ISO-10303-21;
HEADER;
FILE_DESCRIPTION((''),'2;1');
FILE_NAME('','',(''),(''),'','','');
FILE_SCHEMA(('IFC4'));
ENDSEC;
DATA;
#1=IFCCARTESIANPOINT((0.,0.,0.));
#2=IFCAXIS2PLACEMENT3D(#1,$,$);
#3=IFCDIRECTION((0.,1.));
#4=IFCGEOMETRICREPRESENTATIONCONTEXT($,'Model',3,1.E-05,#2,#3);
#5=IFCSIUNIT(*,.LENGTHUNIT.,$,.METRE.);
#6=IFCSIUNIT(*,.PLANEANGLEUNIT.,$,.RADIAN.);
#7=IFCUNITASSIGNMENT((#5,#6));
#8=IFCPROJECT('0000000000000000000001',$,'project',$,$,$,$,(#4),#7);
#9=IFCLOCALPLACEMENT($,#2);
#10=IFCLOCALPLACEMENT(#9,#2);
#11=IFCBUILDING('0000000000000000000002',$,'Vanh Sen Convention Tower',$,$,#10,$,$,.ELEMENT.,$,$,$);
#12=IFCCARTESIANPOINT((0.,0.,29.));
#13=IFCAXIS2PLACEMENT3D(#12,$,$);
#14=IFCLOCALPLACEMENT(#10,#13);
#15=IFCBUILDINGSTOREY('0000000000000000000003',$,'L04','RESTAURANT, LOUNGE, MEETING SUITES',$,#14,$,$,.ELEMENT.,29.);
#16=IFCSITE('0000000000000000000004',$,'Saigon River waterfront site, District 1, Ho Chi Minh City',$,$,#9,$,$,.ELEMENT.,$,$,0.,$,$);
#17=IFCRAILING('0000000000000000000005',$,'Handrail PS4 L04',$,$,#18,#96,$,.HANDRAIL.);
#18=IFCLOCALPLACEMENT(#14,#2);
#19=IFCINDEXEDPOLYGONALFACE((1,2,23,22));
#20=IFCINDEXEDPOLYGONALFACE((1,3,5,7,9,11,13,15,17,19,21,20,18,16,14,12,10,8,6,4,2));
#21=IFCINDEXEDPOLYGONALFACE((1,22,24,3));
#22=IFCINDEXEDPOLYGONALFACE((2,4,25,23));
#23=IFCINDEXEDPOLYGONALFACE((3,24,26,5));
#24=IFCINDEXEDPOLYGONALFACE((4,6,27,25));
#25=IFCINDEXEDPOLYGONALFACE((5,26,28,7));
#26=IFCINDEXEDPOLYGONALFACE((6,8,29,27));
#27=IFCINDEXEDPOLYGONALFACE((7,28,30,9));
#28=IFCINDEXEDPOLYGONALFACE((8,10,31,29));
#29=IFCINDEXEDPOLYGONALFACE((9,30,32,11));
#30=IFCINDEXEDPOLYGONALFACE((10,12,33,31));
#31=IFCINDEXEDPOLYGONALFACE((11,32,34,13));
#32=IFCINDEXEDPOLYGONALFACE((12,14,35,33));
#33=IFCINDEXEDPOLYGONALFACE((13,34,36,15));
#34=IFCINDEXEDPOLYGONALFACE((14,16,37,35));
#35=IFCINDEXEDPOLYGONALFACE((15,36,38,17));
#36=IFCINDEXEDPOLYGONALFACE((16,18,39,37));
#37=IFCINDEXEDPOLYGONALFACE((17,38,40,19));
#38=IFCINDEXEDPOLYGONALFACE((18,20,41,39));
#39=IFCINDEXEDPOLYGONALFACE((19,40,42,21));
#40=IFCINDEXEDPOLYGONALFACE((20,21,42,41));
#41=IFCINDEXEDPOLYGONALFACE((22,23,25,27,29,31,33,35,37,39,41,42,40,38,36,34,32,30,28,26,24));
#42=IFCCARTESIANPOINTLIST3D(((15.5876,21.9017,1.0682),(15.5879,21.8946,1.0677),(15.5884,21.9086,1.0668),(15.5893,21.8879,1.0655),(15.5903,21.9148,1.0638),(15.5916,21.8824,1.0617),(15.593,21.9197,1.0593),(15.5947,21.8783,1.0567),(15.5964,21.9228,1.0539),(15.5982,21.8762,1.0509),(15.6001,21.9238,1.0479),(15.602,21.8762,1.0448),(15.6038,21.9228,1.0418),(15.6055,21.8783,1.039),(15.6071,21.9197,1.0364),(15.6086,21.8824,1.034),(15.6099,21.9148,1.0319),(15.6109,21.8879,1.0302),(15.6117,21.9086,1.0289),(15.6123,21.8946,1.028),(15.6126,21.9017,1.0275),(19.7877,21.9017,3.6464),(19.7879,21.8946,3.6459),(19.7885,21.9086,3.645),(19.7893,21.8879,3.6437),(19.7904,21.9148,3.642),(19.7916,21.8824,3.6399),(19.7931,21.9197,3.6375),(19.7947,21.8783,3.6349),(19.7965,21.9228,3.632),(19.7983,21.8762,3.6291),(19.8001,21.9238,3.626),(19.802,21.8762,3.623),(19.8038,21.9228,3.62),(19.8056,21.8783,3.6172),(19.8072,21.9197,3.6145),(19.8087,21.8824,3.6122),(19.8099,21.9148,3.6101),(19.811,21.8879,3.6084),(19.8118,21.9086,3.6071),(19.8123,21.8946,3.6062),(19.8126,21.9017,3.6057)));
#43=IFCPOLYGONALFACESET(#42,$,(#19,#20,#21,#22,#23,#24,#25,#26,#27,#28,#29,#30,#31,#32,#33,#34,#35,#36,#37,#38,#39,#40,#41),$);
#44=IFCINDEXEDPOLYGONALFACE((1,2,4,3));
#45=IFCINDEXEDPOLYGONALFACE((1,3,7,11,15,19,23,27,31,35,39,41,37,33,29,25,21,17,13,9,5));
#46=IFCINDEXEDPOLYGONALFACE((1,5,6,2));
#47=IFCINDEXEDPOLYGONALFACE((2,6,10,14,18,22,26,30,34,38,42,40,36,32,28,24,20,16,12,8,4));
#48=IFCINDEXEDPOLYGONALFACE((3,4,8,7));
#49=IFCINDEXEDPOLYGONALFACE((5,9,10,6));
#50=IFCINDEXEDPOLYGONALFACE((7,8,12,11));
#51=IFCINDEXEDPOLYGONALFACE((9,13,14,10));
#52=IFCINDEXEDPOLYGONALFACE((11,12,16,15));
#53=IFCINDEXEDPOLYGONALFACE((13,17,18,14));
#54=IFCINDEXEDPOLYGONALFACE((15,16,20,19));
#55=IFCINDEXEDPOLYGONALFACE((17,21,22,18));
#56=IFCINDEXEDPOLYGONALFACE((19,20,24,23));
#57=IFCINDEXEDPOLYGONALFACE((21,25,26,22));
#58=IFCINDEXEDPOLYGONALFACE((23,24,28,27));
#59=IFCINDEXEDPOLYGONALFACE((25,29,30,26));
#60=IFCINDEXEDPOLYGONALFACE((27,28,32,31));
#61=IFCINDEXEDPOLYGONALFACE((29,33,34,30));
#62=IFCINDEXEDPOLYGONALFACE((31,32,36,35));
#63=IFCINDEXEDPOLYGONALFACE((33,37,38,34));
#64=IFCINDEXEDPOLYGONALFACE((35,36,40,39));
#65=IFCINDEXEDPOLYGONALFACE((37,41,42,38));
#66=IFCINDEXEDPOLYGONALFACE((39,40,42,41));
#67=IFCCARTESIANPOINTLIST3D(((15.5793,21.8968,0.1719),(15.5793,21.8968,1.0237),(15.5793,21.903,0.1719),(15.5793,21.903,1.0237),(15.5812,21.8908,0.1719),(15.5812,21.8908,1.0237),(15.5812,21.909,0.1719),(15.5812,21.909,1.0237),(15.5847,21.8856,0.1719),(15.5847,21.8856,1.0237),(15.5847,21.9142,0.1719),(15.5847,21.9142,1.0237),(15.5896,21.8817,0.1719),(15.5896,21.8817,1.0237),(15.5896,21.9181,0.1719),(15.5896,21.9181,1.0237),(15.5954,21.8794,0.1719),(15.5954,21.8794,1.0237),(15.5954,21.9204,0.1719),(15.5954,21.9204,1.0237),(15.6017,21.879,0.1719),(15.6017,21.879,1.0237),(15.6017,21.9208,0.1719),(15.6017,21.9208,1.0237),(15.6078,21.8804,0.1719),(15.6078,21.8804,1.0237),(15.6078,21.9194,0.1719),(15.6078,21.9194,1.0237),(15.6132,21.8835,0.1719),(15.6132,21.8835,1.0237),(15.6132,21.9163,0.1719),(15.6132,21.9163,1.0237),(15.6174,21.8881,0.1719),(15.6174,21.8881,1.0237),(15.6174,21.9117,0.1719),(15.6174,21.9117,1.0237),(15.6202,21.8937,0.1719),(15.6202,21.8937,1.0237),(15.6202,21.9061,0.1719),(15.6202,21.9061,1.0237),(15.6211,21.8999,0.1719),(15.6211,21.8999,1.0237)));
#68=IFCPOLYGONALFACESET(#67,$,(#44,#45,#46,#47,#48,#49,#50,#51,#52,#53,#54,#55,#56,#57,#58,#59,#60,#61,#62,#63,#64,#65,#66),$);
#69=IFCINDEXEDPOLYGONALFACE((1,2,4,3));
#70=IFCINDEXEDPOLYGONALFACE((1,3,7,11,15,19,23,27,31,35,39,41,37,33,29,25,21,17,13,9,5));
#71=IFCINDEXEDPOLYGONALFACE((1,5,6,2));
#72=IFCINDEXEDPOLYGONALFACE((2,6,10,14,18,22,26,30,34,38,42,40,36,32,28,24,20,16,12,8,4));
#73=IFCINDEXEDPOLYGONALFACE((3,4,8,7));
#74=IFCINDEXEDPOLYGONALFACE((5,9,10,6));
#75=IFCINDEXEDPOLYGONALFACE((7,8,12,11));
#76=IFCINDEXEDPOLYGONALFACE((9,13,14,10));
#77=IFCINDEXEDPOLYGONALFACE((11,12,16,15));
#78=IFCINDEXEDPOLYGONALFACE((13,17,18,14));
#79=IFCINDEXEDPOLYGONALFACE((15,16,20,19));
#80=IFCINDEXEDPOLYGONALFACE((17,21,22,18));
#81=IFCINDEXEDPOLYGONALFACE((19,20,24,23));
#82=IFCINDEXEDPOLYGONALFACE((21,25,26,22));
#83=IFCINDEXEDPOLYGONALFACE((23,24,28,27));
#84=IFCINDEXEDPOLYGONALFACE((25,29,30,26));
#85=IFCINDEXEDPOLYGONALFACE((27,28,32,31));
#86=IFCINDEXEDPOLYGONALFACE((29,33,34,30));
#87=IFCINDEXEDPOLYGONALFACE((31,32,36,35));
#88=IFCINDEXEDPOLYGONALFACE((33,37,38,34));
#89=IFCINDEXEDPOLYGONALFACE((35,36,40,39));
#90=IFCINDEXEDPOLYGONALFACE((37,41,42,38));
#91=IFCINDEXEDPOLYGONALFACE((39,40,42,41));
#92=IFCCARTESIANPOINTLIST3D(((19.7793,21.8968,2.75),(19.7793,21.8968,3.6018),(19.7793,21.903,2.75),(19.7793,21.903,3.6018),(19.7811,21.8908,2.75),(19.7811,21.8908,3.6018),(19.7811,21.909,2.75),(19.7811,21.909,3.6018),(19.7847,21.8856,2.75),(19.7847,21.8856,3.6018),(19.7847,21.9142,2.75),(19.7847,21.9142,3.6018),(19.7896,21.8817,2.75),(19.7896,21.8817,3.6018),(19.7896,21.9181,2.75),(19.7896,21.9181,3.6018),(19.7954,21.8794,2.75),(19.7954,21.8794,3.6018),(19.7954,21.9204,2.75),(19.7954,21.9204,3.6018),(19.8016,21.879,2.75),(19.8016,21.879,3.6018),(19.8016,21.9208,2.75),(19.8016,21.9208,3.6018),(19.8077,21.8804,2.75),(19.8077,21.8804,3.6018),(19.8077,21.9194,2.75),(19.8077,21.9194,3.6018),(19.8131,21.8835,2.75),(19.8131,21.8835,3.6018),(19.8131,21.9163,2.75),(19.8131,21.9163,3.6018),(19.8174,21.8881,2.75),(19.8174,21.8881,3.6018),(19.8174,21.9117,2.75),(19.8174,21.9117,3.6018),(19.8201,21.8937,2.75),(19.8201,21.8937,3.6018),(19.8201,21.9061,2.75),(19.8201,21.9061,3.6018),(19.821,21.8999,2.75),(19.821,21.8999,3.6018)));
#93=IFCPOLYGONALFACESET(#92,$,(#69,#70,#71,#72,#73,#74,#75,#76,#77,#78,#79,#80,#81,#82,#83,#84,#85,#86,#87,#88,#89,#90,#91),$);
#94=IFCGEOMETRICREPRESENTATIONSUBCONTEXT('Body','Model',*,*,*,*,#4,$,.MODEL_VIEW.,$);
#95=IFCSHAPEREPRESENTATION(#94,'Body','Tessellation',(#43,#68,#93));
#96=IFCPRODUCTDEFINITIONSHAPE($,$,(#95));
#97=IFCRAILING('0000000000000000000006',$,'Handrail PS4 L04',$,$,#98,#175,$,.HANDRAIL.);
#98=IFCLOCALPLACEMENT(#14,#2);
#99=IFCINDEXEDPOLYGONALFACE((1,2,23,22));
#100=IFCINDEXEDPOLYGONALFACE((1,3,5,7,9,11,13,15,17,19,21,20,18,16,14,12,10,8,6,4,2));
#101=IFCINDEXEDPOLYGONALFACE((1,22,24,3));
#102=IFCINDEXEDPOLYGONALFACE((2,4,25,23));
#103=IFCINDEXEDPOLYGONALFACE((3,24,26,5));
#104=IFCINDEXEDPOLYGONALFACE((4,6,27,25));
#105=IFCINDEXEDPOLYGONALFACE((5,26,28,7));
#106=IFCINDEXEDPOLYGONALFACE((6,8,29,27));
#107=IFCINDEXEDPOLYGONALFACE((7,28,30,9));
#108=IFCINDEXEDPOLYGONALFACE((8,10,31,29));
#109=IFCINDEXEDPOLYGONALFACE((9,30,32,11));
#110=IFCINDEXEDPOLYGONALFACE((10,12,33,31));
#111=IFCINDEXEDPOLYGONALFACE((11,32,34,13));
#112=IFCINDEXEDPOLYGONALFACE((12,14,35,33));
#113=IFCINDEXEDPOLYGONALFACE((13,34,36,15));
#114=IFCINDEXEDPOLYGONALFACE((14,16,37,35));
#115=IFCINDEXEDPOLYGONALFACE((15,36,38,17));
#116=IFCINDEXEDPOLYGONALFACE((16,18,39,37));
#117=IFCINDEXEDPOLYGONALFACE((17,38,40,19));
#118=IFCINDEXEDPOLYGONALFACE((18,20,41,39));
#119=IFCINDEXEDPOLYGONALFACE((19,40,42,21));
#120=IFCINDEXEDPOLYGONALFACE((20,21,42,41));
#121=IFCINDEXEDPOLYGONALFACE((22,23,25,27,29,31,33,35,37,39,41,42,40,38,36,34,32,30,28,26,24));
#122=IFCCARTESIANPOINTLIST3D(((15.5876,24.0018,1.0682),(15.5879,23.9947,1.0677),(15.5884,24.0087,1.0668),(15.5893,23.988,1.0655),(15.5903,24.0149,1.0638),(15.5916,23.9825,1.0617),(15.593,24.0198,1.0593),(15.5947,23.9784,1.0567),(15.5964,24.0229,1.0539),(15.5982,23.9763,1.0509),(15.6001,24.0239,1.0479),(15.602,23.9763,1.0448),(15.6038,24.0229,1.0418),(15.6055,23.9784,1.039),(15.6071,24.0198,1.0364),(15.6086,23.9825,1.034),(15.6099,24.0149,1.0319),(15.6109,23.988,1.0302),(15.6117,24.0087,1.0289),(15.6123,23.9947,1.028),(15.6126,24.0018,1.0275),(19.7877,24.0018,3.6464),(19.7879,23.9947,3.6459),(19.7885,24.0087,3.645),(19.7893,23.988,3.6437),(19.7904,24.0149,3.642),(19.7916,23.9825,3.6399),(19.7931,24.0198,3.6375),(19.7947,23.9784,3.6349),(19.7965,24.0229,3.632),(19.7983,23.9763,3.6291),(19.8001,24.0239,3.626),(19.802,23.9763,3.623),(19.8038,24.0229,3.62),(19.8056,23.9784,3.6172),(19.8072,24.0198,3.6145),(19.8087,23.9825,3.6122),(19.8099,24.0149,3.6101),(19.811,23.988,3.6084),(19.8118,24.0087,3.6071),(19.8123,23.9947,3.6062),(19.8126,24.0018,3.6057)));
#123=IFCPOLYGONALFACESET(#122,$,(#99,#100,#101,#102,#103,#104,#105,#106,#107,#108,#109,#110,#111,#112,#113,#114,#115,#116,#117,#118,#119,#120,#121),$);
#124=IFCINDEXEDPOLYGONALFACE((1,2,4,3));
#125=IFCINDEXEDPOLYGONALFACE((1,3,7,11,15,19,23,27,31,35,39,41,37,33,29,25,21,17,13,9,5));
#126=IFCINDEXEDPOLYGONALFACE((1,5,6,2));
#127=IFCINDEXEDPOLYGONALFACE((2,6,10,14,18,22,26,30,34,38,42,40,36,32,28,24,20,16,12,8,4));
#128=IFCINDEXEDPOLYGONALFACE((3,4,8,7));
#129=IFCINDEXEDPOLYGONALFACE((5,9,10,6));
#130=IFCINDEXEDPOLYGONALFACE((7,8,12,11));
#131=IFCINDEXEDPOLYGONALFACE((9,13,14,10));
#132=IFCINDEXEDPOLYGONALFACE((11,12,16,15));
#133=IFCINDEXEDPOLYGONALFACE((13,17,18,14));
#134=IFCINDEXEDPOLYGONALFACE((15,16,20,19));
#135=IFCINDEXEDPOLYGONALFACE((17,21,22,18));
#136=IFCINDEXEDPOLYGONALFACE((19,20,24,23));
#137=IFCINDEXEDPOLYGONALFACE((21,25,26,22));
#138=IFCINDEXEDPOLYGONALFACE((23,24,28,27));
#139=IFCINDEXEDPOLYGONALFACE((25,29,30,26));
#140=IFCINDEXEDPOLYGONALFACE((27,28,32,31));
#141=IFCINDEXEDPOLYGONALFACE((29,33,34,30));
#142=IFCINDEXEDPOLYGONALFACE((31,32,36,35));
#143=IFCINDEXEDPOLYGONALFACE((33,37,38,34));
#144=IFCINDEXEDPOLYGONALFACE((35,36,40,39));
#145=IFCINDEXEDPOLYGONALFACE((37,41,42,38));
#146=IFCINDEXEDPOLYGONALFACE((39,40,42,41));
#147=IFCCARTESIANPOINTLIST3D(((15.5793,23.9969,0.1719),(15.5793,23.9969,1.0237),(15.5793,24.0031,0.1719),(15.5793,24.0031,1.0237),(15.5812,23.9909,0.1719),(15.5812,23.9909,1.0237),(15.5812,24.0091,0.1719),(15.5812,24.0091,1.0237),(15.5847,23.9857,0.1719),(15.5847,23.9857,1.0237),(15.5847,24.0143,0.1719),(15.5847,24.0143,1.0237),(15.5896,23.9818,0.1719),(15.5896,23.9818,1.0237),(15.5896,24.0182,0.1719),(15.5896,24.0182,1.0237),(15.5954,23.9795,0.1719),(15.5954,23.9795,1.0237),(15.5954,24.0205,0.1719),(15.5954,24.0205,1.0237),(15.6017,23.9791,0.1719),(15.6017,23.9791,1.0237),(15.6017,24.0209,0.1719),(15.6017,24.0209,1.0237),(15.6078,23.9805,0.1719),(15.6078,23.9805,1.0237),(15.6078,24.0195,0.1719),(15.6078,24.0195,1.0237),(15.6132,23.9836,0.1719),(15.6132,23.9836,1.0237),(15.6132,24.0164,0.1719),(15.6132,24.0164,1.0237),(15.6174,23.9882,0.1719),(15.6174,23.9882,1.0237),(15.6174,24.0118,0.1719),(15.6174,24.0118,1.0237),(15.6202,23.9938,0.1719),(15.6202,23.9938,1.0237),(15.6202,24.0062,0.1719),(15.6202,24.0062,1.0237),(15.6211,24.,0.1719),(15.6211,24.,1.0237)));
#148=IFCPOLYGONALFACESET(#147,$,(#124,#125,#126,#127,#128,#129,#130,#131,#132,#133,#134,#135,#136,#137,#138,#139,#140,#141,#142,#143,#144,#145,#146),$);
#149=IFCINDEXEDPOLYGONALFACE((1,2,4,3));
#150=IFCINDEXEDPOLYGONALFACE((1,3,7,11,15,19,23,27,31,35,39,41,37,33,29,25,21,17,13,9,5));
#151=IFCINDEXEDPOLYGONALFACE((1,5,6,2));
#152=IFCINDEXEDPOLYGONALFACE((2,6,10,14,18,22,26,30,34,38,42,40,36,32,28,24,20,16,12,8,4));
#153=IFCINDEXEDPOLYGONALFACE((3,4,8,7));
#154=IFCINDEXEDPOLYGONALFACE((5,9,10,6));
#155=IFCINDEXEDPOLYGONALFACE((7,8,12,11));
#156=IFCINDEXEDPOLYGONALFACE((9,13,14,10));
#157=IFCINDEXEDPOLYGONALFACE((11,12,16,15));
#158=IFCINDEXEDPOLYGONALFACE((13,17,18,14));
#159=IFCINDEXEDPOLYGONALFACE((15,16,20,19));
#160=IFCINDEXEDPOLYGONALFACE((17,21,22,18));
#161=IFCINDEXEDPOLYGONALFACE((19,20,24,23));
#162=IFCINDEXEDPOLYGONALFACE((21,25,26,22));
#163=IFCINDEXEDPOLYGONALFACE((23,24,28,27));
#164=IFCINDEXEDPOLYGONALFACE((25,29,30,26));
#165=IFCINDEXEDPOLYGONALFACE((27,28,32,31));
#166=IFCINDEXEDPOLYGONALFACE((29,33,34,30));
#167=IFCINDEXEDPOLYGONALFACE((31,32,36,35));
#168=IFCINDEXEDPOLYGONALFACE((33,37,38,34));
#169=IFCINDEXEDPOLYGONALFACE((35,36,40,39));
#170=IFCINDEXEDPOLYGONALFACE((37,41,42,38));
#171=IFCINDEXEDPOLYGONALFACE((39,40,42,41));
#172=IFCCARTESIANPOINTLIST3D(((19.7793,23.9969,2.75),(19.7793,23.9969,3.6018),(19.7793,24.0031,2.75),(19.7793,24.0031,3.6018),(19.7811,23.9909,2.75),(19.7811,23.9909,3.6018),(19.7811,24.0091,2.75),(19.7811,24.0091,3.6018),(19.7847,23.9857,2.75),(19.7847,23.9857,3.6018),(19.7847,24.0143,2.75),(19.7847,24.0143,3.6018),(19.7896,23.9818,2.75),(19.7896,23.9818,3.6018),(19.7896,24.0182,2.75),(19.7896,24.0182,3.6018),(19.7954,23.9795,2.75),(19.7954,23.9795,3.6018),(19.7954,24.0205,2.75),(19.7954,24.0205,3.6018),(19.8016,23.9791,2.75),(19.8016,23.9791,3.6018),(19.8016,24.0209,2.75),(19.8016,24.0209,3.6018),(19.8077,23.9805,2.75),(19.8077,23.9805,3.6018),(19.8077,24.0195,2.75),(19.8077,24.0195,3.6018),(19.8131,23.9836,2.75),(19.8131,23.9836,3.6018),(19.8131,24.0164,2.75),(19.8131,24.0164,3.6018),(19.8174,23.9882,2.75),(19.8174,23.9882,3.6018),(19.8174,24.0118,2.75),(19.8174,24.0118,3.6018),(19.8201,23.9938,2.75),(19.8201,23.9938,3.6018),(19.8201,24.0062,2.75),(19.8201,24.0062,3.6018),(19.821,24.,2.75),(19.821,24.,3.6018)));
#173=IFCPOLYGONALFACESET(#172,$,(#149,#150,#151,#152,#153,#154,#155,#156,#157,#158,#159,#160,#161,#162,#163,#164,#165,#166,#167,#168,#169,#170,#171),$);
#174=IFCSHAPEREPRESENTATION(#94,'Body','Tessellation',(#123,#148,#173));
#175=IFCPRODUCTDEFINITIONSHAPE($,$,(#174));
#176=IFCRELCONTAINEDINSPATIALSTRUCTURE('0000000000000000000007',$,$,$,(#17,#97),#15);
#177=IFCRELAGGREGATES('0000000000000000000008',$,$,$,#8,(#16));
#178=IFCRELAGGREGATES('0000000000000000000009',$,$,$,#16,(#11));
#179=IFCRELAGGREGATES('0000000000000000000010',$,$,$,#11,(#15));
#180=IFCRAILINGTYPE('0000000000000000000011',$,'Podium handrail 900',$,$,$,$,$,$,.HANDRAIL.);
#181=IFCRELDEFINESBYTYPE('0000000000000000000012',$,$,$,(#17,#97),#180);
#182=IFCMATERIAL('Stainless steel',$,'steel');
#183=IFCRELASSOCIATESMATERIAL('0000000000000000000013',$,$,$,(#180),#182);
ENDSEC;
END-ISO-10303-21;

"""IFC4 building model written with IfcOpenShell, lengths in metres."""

from ifc_helpers import new_model, si_unit, direction, frame, origin, origin_2d, place, context, subcontext, project, spatial, circle, extrude, material, type_object, element, save


model = new_model("IFC4")

# Units and contexts
model_context = context("Model", 3, precision=1e-05, world=origin(), true_north=direction((0.0, 1.0)))
body_context = subcontext(model_context, "Body", "Model", "MODEL_VIEW")
ifc_project = project(units=[si_unit("LENGTHUNIT", "METRE"), si_unit("PLANEANGLEUNIT", "RADIAN")], contexts=[model_context])

# Site, building, storey
site_placement = place(None, origin())
site = spatial("IfcSite", under=ifc_project, at=site_placement, Name="Saigon River waterfront site, District 1, Ho Chi Minh City", CompositionType="ELEMENT", RefElevation=0.0)
building_placement = place(site_placement, origin())
building = spatial("IfcBuilding", under=site, at=building_placement, Name="Vanh Sen Convention Tower", CompositionType="ELEMENT")
storey_placement = place(building_placement, frame((0.0, 0.0, 29.0)))
storey = spatial("IfcBuildingStorey", under=building, at=storey_placement, Name="L04", Description="RESTAURANT, LOUNGE, MEETING SUITES", CompositionType="ELEMENT", Elevation=29.0)

# Railings
ifc_material_1 = material(Name="Stainless steel", Category="steel")
railing_type = type_object("IfcRailingType", Name="Podium handrail 900", PredefinedType="HANDRAIL", material=ifc_material_1)
for number, where, name in (
    (1, (15.6001, 21.8999, 0.1719), "Handrail PS4 L04"),
    (2, (15.6001, 24.0, 0.1719), "Handrail PS4 L04"),
):
    element("IfcRailing", number, at=place(storey_placement, frame(where)), inside=storey, type_object=railing_type, Name=name, PredefinedType="HANDRAIL", context=body_context, shape_type="SweptSolid", body=[
        extrude(circle(Radius=0.0239, at=origin_2d()), frame((0.0, 0.0, 0.876), z_axis=(0.852243, 0.0, 0.523146), x_axis=(0.0, 1.0, 0.0)), (0.0, 0.0, 1.0), 4.9282),
        extrude(circle(Radius=0.021, at=origin_2d()), origin(), (0.0, 0.0, 1.0), 0.8518),
        extrude(circle(Radius=0.021, at=origin_2d()), frame((4.2, 0.0, 2.5781)), (0.0, 0.0, 1.0), 0.8518),
    ])

save(model, "model.ifc")
